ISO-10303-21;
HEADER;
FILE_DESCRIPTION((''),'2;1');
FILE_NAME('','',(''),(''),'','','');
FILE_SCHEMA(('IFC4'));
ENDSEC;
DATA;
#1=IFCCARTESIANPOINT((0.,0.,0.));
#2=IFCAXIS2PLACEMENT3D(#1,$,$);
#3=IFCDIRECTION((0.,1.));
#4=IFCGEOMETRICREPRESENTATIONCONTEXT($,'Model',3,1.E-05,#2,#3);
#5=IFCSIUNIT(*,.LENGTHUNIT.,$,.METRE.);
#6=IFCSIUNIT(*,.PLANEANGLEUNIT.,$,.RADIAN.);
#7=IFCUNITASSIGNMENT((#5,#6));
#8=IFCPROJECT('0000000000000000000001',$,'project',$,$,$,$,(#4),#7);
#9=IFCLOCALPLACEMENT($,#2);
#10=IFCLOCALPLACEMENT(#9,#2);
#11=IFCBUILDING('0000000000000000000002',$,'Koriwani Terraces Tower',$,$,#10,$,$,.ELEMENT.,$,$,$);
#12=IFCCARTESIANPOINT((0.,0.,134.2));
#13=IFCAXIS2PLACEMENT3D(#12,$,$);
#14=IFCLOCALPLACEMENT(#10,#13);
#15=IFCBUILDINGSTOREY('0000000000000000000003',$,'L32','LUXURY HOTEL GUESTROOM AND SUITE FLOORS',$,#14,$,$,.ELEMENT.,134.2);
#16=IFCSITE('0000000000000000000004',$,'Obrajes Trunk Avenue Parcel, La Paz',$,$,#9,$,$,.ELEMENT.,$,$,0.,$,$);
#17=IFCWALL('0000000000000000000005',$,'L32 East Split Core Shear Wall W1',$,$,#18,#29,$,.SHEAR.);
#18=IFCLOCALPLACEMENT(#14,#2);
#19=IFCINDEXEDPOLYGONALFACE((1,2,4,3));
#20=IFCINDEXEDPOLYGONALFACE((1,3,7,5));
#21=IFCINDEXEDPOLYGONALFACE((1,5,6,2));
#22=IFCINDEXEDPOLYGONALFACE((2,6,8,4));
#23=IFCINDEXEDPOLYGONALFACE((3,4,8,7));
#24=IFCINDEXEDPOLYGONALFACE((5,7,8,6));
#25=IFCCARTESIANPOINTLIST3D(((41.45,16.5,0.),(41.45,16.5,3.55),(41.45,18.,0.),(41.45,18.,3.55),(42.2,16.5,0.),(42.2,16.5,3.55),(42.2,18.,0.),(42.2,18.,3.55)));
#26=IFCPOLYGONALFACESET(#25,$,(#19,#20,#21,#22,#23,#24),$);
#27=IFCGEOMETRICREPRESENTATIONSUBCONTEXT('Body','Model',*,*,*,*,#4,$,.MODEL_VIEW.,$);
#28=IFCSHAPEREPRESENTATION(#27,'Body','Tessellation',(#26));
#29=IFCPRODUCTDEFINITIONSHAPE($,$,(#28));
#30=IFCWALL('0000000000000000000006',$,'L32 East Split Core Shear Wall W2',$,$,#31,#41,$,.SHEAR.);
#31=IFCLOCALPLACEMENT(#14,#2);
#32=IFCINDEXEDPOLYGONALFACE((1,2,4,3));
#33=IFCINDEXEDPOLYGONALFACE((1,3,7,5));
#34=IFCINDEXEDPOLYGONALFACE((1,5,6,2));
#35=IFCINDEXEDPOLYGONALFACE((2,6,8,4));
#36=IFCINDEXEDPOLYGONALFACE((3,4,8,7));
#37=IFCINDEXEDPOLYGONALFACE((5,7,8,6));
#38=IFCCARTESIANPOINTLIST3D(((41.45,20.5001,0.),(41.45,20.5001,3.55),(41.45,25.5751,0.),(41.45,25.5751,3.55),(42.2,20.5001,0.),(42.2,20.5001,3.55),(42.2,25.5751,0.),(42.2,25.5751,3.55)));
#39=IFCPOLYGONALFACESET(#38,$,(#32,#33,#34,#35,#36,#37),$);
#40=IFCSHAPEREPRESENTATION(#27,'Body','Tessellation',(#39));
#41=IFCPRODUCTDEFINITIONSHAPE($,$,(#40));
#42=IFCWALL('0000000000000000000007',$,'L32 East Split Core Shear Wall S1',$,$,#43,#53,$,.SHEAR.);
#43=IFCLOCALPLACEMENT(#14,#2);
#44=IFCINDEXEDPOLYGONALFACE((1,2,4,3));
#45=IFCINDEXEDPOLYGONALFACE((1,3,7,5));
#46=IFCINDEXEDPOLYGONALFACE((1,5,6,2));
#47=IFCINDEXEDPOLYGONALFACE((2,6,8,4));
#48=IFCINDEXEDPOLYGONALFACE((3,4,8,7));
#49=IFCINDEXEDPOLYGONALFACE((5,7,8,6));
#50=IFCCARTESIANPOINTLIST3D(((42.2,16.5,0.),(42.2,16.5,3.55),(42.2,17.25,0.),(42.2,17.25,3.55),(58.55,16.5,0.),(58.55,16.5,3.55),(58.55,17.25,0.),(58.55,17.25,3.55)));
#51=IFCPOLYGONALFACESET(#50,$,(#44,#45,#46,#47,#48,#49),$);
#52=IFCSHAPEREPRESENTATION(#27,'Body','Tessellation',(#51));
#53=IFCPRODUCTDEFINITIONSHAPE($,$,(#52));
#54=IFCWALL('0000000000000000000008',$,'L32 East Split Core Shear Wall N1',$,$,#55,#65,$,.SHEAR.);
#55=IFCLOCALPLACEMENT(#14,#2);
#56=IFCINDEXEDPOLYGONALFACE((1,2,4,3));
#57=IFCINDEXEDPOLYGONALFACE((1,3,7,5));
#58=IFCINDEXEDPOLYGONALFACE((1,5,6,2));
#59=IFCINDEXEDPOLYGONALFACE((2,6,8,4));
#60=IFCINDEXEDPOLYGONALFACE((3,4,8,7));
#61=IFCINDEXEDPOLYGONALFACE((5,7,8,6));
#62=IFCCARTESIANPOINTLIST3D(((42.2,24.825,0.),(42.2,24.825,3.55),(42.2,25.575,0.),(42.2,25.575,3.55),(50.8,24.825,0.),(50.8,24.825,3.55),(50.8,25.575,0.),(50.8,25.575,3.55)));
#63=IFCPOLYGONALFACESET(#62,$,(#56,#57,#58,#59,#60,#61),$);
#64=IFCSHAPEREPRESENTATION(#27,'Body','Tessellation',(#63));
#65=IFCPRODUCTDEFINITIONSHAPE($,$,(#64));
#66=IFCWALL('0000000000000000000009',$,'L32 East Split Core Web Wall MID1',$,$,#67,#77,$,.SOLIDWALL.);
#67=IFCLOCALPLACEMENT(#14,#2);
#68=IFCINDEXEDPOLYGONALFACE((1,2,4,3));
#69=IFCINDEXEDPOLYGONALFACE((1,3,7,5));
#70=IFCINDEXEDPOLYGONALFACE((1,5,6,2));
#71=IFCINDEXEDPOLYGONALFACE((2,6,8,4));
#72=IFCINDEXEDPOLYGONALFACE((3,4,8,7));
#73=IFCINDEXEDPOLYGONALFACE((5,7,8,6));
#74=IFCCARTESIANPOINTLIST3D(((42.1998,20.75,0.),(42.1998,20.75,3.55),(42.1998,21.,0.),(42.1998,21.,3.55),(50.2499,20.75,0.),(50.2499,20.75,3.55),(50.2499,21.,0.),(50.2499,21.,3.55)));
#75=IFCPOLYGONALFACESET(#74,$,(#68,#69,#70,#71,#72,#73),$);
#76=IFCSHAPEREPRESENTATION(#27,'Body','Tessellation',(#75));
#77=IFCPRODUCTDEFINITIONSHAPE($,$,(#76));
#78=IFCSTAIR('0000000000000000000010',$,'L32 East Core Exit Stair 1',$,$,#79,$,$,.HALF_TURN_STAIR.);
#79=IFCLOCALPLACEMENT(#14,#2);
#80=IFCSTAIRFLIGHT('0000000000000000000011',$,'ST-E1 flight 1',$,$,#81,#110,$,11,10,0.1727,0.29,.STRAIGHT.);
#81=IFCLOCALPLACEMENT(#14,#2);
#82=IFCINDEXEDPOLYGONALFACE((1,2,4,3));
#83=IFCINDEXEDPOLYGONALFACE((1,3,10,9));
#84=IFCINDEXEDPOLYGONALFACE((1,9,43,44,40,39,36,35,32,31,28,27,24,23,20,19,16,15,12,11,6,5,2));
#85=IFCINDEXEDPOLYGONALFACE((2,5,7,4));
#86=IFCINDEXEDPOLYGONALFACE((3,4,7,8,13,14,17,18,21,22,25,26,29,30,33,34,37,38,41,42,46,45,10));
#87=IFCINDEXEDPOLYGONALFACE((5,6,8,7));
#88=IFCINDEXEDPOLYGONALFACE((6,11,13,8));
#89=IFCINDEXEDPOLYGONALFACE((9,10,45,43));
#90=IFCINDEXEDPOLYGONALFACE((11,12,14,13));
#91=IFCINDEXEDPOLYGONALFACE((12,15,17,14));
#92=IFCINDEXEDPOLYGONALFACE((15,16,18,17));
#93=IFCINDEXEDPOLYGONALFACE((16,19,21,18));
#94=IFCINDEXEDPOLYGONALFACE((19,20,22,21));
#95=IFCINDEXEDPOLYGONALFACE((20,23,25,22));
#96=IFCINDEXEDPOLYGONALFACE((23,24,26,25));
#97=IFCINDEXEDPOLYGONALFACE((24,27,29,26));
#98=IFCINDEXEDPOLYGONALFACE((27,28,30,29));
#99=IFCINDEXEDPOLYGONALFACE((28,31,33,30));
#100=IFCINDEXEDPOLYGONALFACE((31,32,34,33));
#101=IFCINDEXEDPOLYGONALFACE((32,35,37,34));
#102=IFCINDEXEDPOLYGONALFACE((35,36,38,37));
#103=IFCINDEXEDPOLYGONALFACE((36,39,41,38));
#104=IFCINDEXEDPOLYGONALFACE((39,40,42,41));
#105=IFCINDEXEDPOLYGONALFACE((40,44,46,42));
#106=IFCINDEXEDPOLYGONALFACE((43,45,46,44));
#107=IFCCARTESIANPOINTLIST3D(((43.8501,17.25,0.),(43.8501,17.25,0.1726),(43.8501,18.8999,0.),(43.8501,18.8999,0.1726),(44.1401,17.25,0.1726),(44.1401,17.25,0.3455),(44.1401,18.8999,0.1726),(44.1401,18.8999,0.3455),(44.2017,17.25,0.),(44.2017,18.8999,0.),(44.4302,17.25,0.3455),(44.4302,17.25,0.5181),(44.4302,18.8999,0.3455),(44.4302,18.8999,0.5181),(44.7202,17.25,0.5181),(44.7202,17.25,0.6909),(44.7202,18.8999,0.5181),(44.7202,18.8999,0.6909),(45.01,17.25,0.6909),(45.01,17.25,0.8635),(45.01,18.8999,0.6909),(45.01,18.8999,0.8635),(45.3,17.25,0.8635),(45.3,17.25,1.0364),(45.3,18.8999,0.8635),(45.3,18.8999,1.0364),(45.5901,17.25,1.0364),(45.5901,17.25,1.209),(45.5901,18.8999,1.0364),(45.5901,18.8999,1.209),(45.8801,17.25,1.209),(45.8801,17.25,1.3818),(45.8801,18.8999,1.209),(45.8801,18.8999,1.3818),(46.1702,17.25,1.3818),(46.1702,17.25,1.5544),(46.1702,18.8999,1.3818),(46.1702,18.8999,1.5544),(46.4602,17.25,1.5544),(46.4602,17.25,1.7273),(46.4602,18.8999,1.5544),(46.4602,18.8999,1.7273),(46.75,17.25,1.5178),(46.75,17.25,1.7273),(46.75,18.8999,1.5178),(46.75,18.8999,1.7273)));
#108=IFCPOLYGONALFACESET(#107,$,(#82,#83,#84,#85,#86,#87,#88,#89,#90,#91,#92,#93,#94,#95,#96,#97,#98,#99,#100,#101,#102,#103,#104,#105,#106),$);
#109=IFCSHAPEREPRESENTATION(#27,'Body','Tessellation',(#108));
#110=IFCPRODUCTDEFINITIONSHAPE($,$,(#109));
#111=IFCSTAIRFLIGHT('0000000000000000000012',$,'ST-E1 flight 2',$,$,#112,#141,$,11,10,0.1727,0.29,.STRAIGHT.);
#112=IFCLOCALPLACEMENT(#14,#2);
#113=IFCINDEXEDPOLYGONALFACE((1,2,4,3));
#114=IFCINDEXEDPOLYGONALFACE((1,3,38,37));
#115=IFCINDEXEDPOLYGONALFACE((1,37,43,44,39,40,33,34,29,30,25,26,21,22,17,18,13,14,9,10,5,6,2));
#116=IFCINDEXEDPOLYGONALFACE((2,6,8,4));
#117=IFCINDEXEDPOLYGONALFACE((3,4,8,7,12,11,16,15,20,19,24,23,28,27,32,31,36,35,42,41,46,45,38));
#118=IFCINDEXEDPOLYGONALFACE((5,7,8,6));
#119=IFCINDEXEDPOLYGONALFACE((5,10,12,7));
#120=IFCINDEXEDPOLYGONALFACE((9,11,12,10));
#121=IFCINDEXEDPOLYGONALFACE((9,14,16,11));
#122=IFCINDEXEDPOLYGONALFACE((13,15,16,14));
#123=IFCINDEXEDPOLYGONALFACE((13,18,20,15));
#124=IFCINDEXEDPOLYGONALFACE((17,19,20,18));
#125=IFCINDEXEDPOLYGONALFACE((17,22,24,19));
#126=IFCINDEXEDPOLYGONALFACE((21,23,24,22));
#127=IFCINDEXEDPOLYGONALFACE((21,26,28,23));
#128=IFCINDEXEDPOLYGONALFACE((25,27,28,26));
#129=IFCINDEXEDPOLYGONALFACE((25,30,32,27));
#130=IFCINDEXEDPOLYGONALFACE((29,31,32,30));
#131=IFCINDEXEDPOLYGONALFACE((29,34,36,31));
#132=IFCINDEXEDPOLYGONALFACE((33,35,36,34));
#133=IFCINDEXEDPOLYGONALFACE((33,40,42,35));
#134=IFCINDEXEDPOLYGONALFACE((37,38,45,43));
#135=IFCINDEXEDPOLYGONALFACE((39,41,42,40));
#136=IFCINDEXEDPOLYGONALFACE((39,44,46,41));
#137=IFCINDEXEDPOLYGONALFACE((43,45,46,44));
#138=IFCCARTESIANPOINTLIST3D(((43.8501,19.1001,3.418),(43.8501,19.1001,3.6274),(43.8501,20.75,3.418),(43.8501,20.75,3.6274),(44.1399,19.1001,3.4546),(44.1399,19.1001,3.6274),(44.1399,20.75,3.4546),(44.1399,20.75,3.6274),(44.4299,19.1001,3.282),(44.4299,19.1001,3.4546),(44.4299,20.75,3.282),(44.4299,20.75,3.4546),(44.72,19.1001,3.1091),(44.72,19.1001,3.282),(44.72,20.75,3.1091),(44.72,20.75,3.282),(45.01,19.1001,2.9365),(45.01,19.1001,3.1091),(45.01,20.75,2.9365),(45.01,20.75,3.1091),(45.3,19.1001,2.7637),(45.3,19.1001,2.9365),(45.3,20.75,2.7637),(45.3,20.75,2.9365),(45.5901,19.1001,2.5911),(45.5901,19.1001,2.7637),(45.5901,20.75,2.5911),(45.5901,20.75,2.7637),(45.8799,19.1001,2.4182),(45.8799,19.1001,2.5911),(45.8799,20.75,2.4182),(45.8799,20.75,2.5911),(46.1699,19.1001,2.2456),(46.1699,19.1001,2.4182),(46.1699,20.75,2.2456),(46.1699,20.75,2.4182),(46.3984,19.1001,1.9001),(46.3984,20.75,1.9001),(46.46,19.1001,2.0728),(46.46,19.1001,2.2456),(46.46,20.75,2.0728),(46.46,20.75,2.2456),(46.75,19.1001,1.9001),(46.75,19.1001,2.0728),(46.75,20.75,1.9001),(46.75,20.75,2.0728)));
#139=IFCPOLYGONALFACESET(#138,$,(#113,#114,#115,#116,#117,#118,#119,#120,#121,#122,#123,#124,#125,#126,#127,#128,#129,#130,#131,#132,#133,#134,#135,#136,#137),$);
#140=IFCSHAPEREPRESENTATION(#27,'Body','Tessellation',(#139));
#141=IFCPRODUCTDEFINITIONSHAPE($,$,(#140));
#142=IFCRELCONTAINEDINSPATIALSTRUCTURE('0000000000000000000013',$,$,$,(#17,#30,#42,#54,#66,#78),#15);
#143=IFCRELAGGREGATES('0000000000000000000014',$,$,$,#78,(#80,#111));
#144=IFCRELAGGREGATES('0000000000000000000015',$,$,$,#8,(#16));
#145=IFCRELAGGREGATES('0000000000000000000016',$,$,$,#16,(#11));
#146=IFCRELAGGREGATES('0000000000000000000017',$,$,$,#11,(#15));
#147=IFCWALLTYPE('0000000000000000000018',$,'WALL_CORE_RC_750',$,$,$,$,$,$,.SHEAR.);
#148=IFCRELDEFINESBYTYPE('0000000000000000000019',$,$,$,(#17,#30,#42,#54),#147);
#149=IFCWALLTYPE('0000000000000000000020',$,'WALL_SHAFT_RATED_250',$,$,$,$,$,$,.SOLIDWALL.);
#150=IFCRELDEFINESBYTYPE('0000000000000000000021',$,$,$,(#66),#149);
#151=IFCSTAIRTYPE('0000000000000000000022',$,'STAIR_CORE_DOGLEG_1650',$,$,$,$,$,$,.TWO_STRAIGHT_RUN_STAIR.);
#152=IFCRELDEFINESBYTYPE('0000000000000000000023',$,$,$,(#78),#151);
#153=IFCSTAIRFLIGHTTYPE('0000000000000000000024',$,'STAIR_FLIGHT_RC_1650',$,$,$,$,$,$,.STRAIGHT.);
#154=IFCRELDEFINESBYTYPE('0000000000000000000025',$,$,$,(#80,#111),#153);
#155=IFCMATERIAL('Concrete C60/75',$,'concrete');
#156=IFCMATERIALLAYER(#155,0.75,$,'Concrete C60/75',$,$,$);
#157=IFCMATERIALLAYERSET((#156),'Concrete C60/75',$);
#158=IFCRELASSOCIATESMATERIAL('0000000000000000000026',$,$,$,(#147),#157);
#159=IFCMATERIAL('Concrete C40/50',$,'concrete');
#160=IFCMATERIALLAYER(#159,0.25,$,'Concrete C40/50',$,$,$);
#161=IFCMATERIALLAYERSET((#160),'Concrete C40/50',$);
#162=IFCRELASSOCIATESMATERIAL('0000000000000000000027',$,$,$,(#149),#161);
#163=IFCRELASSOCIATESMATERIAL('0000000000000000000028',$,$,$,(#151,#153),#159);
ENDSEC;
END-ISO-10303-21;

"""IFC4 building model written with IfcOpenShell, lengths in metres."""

from ifc_helpers import new_model, si_unit, direction, frame, frame_2d, origin, place, context, subcontext, project, spatial, polyline, rectangle, outline, extrude, material, layer, layer_set, type_object, element, aggregate, save


model = new_model("IFC4")

# Units and contexts
model_context = context("Model", 3, precision=1e-05, world=origin(), true_north=direction((0.0, 1.0)))
body_context = subcontext(model_context, "Body", "Model", "MODEL_VIEW")
ifc_project = project(units=[si_unit("LENGTHUNIT", "METRE"), si_unit("PLANEANGLEUNIT", "RADIAN")], contexts=[model_context])

# Site, building, storey
site_placement = place(None, origin())
site = spatial("IfcSite", under=ifc_project, at=site_placement, Name="Obrajes Trunk Avenue Parcel, La Paz", CompositionType="ELEMENT", RefElevation=0.0)
building_placement = place(site_placement, origin())
building = spatial("IfcBuilding", under=site, at=building_placement, Name="Koriwani Terraces Tower", CompositionType="ELEMENT")
storey_placement = place(building_placement, frame((0.0, 0.0, 134.2)))
storey = spatial("IfcBuildingStorey", under=building, at=storey_placement, Name="L32", Description="LUXURY HOTEL GUESTROOM AND SUITE FLOORS", CompositionType="ELEMENT", Elevation=134.2)

# Shared definitions
ifc_material_1 = material(Name="Concrete C60/75", Category="concrete")

# Shared definitions
ifc_material_2 = material(Name="Concrete C40/50", Category="concrete")

# Walls
ifc_layer_1 = layer(ifc_material_1, 0.75, Name="Concrete C60/75")
ifc_layer_set_1 = layer_set([ifc_layer_1], Name="Concrete C60/75")
wall_type_1 = type_object("IfcWallType", Name="WALL_CORE_RC_750", PredefinedType="SHEAR", material=ifc_layer_set_1)
wall_1_placement = place(storey_placement, frame((41.825, 16.5, 0.0), z_axis=(0.0, 0.0, 1.0), x_axis=(0.0, 1.0, 0.0)))
element("IfcWall", 1, at=wall_1_placement, inside=storey, type_object=wall_type_1, Name="L32 East Split Core Shear Wall W1", PredefinedType="SHEAR", context=body_context, shape_type="SweptSolid", body=[
    extrude(rectangle(XDim=1.5, YDim=0.75, at=frame_2d((0.75, 0.0))), origin(), (0.0, 0.0, 1.0), 3.55),
])
wall_2_placement = place(storey_placement, frame((41.825, 20.5, 0.0), z_axis=(0.0, 0.0, 1.0), x_axis=(0.0, 1.0, 0.0)))
element("IfcWall", 2, at=wall_2_placement, inside=storey, type_object=wall_type_1, Name="L32 East Split Core Shear Wall W2", PredefinedType="SHEAR", context=body_context, shape_type="SweptSolid", body=[
    extrude(rectangle(XDim=5.075, YDim=0.75, at=frame_2d((2.5376, 0.0))), origin(), (0.0, 0.0, 1.0), 3.55),
])
wall_3_placement = place(storey_placement, frame((42.2, 16.875, 0.0), z_axis=(0.0, 0.0, 1.0), x_axis=(1.0, 0.0, 0.0)))
element("IfcWall", 3, at=wall_3_placement, inside=storey, type_object=wall_type_1, Name="L32 East Split Core Shear Wall S1", PredefinedType="SHEAR", context=body_context, shape_type="SweptSolid", body=[
    extrude(rectangle(XDim=16.3501, YDim=0.75, at=frame_2d((8.175, 0.0))), origin(), (0.0, 0.0, 1.0), 3.55),
])
wall_4_placement = place(storey_placement, frame((42.2, 25.2, 0.0), z_axis=(0.0, 0.0, 1.0), x_axis=(1.0, 0.0, 0.0)))
element("IfcWall", 4, at=wall_4_placement, inside=storey, type_object=wall_type_1, Name="L32 East Split Core Shear Wall N1", PredefinedType="SHEAR", context=body_context, shape_type="SweptSolid", body=[
    extrude(rectangle(XDim=8.6001, YDim=0.75, at=frame_2d((4.3, 0.0))), origin(), (0.0, 0.0, 1.0), 3.55),
])
ifc_layer_2 = layer(ifc_material_2, 0.25, Name="Concrete C40/50")
ifc_layer_set_2 = layer_set([ifc_layer_2], Name="Concrete C40/50")
wall_type_2 = type_object("IfcWallType", Name="WALL_SHAFT_RATED_250", PredefinedType="SOLIDWALL", material=ifc_layer_set_2)
wall_5_placement = place(storey_placement, frame((42.2, 20.875, 0.0), z_axis=(0.0, 0.0, 1.0), x_axis=(1.0, 0.0, 0.0)))
element("IfcWall", 5, at=wall_5_placement, inside=storey, type_object=wall_type_2, Name="L32 East Split Core Web Wall MID1", PredefinedType="SOLIDWALL", context=body_context, shape_type="SweptSolid", body=[
    extrude(rectangle(XDim=8.05, YDim=0.25, at=frame_2d((4.0249, 0.0))), origin(), (0.0, 0.0, 1.0), 3.55),
])

# Stair, stair flights
stair_type = type_object("IfcStairType", Name="STAIR_CORE_DOGLEG_1650", PredefinedType="TWO_STRAIGHT_RUN_STAIR", material=ifc_material_2)
stair_placement = place(storey_placement, origin())
stair = element("IfcStair", 6, at=stair_placement, inside=storey, type_object=stair_type, Name="L32 East Core Exit Stair 1", PredefinedType="HALF_TURN_STAIR")
stair_flight_type = type_object("IfcStairFlightType", Name="STAIR_FLIGHT_RC_1650", PredefinedType="STRAIGHT", material=ifc_material_2)
stair_flight_1_placement = place(storey_placement, frame((43.8501, 18.075, 0.0), z_axis=(0.0, 0.0, 1.0), x_axis=(1.0, 0.0, 0.0)))
stair_flight_1 = element("IfcStairFlight", 7, at=stair_flight_1_placement, type_object=stair_flight_type, Name="ST-E1 flight 1", NumberOfRisers=11, NumberOfTreads=10, PredefinedType="STRAIGHT", RiserHeight=0.1727, TreadLength=0.29, context=body_context, shape_type="SweptSolid", body=[
    extrude(outline(polyline([(0.0, 0.0), (0.0, 0.1726), (0.29, 0.1726), (0.29, 0.3455), (0.5801, 0.3455), (0.5801, 0.5181), (0.8701, 0.5181), (0.8701, 0.6909), (1.1599, 0.6909), (1.1599, 0.8635), (1.45, 0.8635), (1.45, 1.0364), (1.74, 1.0364), (1.74, 1.209), (2.03, 1.209), (2.03, 1.3818), (2.3201, 1.3818), (2.3201, 1.5544), (2.6101, 1.5544), (2.6101, 1.7273), (2.8999, 1.7273), (2.8999, 1.8999), (2.8999, 1.5178), (0.3516, 0.0), (0.0, 0.0)])), frame((0.0, 0.825, 0.0), z_axis=(0.0, -1.0, 0.0), x_axis=(1.0, 0.0, 0.0)), (0.0, 0.0, 1.0), 1.6499),
])
stair_flight_2_placement = place(storey_placement, frame((46.75, 19.925, 1.9001), z_axis=(0.0, 0.0, 1.0), x_axis=(-1.0, 0.0, 0.0)))
stair_flight_2 = element("IfcStairFlight", 8, at=stair_flight_2_placement, type_object=stair_flight_type, Name="ST-E1 flight 2", NumberOfRisers=11, NumberOfTreads=10, PredefinedType="STRAIGHT", RiserHeight=0.1727, TreadLength=0.29, context=body_context, shape_type="SweptSolid", body=[
    extrude(outline(polyline([(0.0, 0.0), (0.0, 0.1726), (0.29, 0.1726), (0.29, 0.3455), (0.5801, 0.3455), (0.5801, 0.5181), (0.8701, 0.5181), (0.8701, 0.6909), (1.1599, 0.6909), (1.1599, 0.8635), (1.45, 0.8635), (1.45, 1.0364), (1.74, 1.0364), (1.74, 1.209), (2.03, 1.209), (2.03, 1.3818), (2.3201, 1.3818), (2.3201, 1.5544), (2.6101, 1.5544), (2.6101, 1.7273), (2.8999, 1.7273), (2.8999, 1.8999), (2.8999, 1.5178), (0.3516, 0.0), (0.0, 0.0)])), frame((0.0, 0.825, 0.0), z_axis=(0.0, -1.0, 0.0), x_axis=(1.0, 0.0, 0.0)), (0.0, 0.0, 1.0), 1.6499),
])
aggregate(stair, [stair_flight_1, stair_flight_2])

save(model, "model.ifc")
